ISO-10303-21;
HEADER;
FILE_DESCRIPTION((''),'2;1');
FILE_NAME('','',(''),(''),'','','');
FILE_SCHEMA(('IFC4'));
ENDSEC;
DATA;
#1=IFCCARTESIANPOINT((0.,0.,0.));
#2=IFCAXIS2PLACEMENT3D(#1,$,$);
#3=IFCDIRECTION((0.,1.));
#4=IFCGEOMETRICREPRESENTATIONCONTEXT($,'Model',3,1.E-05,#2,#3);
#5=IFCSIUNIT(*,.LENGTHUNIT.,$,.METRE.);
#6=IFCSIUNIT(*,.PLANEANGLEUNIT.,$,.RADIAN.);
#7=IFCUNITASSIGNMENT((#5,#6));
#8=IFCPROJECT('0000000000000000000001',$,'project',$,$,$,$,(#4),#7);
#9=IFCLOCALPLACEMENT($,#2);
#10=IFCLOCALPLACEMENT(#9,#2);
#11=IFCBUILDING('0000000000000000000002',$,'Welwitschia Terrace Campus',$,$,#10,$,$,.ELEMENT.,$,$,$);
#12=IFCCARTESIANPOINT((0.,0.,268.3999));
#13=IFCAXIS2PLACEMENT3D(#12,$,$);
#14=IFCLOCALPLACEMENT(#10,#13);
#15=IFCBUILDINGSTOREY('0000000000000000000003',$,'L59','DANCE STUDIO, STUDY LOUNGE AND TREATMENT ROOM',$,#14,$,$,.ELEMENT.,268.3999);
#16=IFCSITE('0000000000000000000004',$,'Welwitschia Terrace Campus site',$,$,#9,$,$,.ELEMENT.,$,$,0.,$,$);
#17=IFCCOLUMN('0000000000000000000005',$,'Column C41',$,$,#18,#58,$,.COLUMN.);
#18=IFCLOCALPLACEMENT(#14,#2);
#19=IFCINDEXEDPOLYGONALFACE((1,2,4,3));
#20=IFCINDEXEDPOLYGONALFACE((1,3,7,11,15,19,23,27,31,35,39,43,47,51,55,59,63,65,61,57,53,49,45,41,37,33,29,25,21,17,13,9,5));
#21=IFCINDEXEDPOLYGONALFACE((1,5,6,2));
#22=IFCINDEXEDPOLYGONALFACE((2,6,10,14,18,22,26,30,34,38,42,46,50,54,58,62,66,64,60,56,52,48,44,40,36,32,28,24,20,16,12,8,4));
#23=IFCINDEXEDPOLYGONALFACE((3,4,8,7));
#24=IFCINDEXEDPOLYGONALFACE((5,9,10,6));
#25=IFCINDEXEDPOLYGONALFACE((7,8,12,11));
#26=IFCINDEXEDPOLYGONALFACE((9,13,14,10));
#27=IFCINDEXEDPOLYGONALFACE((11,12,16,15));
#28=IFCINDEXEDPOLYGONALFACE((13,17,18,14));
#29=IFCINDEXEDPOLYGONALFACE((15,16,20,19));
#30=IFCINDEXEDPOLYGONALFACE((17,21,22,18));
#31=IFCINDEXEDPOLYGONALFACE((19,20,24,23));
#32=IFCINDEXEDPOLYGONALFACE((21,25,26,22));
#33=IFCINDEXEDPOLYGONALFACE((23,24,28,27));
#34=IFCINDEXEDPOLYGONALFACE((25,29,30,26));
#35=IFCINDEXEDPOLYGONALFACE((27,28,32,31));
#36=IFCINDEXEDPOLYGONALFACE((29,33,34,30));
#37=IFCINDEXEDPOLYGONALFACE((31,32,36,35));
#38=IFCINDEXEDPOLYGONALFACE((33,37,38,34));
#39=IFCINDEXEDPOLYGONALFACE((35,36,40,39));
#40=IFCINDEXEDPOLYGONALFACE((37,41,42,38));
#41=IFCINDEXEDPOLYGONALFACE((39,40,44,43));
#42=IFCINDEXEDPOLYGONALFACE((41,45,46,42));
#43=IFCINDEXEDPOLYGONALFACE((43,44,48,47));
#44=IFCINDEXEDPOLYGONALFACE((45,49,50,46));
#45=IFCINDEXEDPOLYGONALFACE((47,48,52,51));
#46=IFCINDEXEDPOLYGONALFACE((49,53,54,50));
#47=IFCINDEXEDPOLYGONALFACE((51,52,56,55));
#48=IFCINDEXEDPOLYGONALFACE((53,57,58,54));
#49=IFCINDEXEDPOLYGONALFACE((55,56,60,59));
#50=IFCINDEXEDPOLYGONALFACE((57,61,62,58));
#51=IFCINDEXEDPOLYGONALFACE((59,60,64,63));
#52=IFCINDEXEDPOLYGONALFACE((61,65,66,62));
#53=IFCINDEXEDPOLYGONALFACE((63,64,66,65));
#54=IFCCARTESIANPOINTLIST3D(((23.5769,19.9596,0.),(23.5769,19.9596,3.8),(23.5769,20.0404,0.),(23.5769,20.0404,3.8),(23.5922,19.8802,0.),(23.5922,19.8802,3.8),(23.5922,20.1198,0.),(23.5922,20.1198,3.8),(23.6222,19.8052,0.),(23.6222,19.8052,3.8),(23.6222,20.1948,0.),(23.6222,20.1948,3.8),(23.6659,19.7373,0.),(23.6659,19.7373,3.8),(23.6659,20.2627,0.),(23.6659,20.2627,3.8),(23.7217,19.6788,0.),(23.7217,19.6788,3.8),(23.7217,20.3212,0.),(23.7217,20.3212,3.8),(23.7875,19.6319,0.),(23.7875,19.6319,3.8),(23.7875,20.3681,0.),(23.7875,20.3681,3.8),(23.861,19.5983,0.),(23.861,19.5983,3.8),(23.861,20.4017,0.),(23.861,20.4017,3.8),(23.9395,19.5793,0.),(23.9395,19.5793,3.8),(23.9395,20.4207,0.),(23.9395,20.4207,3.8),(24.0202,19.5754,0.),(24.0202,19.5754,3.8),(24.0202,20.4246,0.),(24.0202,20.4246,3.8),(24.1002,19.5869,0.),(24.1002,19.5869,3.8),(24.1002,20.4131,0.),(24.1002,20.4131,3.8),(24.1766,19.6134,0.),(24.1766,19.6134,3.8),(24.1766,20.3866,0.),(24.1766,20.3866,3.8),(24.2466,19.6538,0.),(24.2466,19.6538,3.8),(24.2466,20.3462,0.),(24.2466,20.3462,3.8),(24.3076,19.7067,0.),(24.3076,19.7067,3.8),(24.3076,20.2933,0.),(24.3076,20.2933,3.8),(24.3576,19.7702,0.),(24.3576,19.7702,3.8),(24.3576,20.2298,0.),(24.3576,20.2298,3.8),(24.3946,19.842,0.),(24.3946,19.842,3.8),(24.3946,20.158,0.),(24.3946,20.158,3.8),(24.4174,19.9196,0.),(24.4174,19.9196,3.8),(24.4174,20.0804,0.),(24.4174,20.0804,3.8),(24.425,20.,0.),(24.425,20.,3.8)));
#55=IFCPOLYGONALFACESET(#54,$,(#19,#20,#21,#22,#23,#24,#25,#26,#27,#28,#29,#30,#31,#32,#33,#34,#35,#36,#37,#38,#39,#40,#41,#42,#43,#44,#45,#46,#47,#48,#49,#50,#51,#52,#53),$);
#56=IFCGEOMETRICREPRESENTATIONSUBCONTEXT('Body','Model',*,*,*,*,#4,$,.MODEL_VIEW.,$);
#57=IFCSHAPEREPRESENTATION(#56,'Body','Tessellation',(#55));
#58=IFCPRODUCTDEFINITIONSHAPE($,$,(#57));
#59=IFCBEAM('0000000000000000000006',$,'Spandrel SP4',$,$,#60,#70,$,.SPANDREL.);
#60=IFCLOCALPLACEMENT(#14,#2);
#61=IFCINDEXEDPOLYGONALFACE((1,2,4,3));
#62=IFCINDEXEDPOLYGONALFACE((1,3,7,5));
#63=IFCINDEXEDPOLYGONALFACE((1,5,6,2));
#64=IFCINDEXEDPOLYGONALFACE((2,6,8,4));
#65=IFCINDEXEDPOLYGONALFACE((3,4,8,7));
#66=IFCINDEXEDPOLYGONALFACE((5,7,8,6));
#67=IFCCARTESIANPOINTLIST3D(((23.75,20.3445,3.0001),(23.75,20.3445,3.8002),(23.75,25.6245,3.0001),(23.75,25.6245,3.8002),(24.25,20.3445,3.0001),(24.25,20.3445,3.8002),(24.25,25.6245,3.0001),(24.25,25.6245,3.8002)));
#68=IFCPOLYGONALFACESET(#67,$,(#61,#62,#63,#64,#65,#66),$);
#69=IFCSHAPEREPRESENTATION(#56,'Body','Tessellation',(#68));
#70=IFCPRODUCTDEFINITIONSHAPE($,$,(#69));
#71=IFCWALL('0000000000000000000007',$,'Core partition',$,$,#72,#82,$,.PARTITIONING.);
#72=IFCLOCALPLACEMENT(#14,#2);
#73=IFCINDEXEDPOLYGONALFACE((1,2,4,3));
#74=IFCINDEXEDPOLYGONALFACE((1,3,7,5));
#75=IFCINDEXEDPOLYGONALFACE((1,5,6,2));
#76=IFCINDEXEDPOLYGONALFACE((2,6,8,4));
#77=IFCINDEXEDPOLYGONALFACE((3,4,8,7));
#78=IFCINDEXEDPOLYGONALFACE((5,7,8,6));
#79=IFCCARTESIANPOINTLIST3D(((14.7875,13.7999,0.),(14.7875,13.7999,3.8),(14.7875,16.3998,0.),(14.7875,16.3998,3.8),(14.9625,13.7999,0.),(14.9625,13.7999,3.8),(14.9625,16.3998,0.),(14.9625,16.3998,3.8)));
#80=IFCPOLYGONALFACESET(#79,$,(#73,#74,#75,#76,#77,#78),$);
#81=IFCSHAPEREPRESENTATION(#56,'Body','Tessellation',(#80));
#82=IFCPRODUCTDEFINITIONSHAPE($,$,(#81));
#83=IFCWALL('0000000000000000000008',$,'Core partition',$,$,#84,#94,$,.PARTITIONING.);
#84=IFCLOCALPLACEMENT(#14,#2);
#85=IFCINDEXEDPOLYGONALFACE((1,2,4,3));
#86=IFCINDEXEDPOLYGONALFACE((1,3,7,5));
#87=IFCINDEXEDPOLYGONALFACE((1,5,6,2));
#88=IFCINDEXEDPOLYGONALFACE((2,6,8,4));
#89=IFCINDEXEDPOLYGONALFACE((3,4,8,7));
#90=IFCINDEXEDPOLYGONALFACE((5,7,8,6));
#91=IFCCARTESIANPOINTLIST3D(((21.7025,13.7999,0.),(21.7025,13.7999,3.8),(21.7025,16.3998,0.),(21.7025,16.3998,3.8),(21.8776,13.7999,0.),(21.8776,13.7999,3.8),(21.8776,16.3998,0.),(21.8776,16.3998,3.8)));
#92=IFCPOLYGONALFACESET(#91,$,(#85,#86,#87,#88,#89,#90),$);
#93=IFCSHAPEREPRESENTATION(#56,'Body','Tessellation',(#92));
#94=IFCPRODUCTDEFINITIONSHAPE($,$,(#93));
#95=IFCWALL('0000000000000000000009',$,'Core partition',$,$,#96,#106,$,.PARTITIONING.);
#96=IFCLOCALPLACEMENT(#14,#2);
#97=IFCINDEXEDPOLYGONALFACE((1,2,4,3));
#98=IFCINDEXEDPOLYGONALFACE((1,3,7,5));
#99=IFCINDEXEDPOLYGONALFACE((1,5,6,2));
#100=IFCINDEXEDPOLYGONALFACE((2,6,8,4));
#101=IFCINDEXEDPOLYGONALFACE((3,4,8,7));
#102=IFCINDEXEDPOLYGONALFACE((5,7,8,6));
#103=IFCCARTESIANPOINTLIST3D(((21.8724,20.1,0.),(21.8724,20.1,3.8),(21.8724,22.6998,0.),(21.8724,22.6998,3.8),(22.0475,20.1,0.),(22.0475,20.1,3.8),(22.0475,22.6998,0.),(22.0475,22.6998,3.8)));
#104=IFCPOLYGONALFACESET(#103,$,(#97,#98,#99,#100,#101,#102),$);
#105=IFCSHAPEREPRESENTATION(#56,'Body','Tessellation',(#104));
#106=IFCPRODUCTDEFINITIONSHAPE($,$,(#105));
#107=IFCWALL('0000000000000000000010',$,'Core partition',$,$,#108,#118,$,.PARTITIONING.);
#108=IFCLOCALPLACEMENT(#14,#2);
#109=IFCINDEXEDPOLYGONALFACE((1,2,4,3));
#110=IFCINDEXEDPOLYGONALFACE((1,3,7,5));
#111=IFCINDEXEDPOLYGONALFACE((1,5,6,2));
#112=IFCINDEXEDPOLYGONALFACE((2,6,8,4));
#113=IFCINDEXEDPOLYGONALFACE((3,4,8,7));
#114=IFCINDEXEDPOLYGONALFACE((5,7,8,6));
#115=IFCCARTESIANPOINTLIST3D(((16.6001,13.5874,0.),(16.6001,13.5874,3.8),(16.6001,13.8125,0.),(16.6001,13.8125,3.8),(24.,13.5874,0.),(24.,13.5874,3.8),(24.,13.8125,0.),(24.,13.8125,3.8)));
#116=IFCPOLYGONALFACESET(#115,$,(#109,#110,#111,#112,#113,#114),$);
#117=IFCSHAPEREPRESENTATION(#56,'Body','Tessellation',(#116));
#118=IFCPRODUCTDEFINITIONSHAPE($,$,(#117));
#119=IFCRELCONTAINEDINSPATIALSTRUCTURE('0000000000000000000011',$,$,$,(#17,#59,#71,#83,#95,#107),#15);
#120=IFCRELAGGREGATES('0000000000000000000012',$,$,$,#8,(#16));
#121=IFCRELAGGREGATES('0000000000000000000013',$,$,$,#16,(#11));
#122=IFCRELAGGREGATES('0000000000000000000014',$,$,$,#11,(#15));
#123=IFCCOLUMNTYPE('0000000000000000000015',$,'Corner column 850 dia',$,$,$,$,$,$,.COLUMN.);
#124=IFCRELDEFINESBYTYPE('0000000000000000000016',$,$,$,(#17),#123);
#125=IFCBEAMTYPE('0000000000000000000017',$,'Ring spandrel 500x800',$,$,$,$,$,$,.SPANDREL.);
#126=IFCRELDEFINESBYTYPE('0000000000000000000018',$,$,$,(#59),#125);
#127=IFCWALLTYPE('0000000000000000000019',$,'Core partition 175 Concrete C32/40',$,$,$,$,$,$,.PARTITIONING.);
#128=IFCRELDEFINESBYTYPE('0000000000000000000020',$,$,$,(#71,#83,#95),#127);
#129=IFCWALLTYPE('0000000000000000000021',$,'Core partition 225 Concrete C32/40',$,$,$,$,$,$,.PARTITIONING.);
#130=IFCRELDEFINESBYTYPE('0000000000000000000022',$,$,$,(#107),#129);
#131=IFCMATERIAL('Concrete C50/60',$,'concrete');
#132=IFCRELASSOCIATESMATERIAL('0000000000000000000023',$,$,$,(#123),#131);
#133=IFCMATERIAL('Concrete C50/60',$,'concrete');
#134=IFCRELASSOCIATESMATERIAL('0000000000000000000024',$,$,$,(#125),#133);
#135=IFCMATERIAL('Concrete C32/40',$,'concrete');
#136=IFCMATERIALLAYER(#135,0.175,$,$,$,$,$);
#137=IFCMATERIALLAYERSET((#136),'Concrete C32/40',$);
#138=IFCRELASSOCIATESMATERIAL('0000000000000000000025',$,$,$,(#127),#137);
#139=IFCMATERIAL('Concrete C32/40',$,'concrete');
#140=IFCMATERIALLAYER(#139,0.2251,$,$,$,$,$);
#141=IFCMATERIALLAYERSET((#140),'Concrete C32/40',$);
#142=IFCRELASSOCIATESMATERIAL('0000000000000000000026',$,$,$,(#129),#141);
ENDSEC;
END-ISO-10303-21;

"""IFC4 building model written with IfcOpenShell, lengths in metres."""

from ifc_helpers import new_model, si_unit, direction, frame, frame_2d, origin, origin_2d, place, context, subcontext, project, spatial, rectangle, circle, extrude, material, layer, layer_set, material_profile, profile_set, type_object, element, save


model = new_model("IFC4")

# Units and contexts
model_context = context("Model", 3, precision=1e-05, world=origin(), true_north=direction((0.0, 1.0)))
body_context = subcontext(model_context, "Body", "Model", "MODEL_VIEW")
ifc_project = project(units=[si_unit("LENGTHUNIT", "METRE"), si_unit("PLANEANGLEUNIT", "RADIAN")], contexts=[model_context])

# Site, building, storey
site_placement = place(None, origin())
site = spatial("IfcSite", under=ifc_project, at=site_placement, Name="Welwitschia Terrace Campus site", CompositionType="ELEMENT", RefElevation=0.0)
building_placement = place(site_placement, origin())
building = spatial("IfcBuilding", under=site, at=building_placement, Name="Welwitschia Terrace Campus", CompositionType="ELEMENT")
storey_placement = place(building_placement, frame((0.0, 0.0, 268.3999)))
storey = spatial("IfcBuildingStorey", under=building, at=storey_placement, Name="L59", Description="DANCE STUDIO, STUDY LOUNGE AND TREATMENT ROOM", CompositionType="ELEMENT", Elevation=268.3999)

# Column
ifc_material_1 = material(Name="Concrete C50/60", Category="concrete")
ifc_material_profile_1 = material_profile(ifc_material_1, circle(Radius=0.425, at=origin_2d()))
ifc_profile_set_1 = profile_set([ifc_material_profile_1], Name="Concrete C50/60")
column_type = type_object("IfcColumnType", Name="Corner column 850 dia", PredefinedType="COLUMN", material=ifc_profile_set_1)
column_placement = place(storey_placement, frame((24.0, 20.0, 0.0), z_axis=(0.0, 0.0, 1.0), x_axis=(1.0, 0.0, 0.0)))
element("IfcColumn", 1, at=column_placement, inside=storey, type_object=column_type, Name="Column C41", PredefinedType="COLUMN", context=body_context, shape_type="SweptSolid", body=[
    extrude(circle(Radius=0.425, at=origin_2d()), origin(), (0.0, 0.0, 1.0), 3.8),
])

# Beam
ifc_material_2 = material(Name="Concrete C50/60", Category="concrete")
ifc_material_profile_2 = material_profile(ifc_material_2, rectangle(XDim=0.5, YDim=0.8, at=origin_2d()))
ifc_profile_set_2 = profile_set([ifc_material_profile_2], Name="Concrete C50/60")
beam_type = type_object("IfcBeamType", Name="Ring spandrel 500x800", PredefinedType="SPANDREL", material=ifc_profile_set_2)
beam_placement = place(storey_placement, frame((24.0, 20.3445, 3.4001), z_axis=(0.0, 1.0, 0.0), x_axis=(-1.0, 0.0, 0.0)))
element("IfcBeam", 2, at=beam_placement, inside=storey, type_object=beam_type, Name="Spandrel SP4", PredefinedType="SPANDREL", context=body_context, shape_type="SweptSolid", body=[
    extrude(rectangle(XDim=0.5, YDim=0.8, at=origin_2d()), origin(), (0.0, 0.0, 1.0), 5.28),
])

# Walls
ifc_material_3 = material(Name="Concrete C32/40", Category="concrete")
ifc_layer_1 = layer(ifc_material_3, 0.175)
ifc_layer_set_1 = layer_set([ifc_layer_1], Name="Concrete C32/40")
wall_type_1 = type_object("IfcWallType", Name="Core partition 175 Concrete C32/40", PredefinedType="PARTITIONING", material=ifc_layer_set_1)
for number, where, z_axis, x_axis, name in (
    (3, (14.875, 13.8, 0.0), (0.0, 0.0, 1.0), (0.0, 1.0, 0.0), "Core partition"),
    (4, (21.79, 13.8, 0.0), (0.0, 0.0, 1.0), (0.0, 1.0, 0.0), "Core partition"),
    (5, (21.96, 20.1001, 0.0), (0.0, 0.0, 1.0), (0.0, 1.0, 0.0), "Core partition"),
):
    element("IfcWall", number, at=place(storey_placement, frame(where, z_axis=z_axis, x_axis=x_axis)), inside=storey, type_object=wall_type_1, Name=name, PredefinedType="PARTITIONING", context=body_context, shape_type="SweptSolid", body=[
        extrude(rectangle(XDim=2.5999, YDim=0.175, at=frame_2d((1.2998, 0.0))), origin(), (0.0, 0.0, 1.0), 3.8),
    ])
ifc_material_4 = material(Name="Concrete C32/40", Category="concrete")
ifc_layer_2 = layer(ifc_material_4, 0.2251)
ifc_layer_set_2 = layer_set([ifc_layer_2], Name="Concrete C32/40")
wall_type_2 = type_object("IfcWallType", Name="Core partition 225 Concrete C32/40", PredefinedType="PARTITIONING", material=ifc_layer_set_2)
wall_1_placement = place(storey_placement, frame((16.6001, 13.7, 0.0), z_axis=(0.0, 0.0, 1.0), x_axis=(1.0, 0.0, 0.0)))
element("IfcWall", 6, at=wall_1_placement, inside=storey, type_object=wall_type_2, Name="Core partition", PredefinedType="PARTITIONING", context=body_context, shape_type="SweptSolid", body=[
    extrude(rectangle(XDim=7.3999, YDim=0.2251, at=frame_2d((3.7, 0.0))), origin(), (0.0, 0.0, 1.0), 3.8),
])

save(model, "model.ifc")
